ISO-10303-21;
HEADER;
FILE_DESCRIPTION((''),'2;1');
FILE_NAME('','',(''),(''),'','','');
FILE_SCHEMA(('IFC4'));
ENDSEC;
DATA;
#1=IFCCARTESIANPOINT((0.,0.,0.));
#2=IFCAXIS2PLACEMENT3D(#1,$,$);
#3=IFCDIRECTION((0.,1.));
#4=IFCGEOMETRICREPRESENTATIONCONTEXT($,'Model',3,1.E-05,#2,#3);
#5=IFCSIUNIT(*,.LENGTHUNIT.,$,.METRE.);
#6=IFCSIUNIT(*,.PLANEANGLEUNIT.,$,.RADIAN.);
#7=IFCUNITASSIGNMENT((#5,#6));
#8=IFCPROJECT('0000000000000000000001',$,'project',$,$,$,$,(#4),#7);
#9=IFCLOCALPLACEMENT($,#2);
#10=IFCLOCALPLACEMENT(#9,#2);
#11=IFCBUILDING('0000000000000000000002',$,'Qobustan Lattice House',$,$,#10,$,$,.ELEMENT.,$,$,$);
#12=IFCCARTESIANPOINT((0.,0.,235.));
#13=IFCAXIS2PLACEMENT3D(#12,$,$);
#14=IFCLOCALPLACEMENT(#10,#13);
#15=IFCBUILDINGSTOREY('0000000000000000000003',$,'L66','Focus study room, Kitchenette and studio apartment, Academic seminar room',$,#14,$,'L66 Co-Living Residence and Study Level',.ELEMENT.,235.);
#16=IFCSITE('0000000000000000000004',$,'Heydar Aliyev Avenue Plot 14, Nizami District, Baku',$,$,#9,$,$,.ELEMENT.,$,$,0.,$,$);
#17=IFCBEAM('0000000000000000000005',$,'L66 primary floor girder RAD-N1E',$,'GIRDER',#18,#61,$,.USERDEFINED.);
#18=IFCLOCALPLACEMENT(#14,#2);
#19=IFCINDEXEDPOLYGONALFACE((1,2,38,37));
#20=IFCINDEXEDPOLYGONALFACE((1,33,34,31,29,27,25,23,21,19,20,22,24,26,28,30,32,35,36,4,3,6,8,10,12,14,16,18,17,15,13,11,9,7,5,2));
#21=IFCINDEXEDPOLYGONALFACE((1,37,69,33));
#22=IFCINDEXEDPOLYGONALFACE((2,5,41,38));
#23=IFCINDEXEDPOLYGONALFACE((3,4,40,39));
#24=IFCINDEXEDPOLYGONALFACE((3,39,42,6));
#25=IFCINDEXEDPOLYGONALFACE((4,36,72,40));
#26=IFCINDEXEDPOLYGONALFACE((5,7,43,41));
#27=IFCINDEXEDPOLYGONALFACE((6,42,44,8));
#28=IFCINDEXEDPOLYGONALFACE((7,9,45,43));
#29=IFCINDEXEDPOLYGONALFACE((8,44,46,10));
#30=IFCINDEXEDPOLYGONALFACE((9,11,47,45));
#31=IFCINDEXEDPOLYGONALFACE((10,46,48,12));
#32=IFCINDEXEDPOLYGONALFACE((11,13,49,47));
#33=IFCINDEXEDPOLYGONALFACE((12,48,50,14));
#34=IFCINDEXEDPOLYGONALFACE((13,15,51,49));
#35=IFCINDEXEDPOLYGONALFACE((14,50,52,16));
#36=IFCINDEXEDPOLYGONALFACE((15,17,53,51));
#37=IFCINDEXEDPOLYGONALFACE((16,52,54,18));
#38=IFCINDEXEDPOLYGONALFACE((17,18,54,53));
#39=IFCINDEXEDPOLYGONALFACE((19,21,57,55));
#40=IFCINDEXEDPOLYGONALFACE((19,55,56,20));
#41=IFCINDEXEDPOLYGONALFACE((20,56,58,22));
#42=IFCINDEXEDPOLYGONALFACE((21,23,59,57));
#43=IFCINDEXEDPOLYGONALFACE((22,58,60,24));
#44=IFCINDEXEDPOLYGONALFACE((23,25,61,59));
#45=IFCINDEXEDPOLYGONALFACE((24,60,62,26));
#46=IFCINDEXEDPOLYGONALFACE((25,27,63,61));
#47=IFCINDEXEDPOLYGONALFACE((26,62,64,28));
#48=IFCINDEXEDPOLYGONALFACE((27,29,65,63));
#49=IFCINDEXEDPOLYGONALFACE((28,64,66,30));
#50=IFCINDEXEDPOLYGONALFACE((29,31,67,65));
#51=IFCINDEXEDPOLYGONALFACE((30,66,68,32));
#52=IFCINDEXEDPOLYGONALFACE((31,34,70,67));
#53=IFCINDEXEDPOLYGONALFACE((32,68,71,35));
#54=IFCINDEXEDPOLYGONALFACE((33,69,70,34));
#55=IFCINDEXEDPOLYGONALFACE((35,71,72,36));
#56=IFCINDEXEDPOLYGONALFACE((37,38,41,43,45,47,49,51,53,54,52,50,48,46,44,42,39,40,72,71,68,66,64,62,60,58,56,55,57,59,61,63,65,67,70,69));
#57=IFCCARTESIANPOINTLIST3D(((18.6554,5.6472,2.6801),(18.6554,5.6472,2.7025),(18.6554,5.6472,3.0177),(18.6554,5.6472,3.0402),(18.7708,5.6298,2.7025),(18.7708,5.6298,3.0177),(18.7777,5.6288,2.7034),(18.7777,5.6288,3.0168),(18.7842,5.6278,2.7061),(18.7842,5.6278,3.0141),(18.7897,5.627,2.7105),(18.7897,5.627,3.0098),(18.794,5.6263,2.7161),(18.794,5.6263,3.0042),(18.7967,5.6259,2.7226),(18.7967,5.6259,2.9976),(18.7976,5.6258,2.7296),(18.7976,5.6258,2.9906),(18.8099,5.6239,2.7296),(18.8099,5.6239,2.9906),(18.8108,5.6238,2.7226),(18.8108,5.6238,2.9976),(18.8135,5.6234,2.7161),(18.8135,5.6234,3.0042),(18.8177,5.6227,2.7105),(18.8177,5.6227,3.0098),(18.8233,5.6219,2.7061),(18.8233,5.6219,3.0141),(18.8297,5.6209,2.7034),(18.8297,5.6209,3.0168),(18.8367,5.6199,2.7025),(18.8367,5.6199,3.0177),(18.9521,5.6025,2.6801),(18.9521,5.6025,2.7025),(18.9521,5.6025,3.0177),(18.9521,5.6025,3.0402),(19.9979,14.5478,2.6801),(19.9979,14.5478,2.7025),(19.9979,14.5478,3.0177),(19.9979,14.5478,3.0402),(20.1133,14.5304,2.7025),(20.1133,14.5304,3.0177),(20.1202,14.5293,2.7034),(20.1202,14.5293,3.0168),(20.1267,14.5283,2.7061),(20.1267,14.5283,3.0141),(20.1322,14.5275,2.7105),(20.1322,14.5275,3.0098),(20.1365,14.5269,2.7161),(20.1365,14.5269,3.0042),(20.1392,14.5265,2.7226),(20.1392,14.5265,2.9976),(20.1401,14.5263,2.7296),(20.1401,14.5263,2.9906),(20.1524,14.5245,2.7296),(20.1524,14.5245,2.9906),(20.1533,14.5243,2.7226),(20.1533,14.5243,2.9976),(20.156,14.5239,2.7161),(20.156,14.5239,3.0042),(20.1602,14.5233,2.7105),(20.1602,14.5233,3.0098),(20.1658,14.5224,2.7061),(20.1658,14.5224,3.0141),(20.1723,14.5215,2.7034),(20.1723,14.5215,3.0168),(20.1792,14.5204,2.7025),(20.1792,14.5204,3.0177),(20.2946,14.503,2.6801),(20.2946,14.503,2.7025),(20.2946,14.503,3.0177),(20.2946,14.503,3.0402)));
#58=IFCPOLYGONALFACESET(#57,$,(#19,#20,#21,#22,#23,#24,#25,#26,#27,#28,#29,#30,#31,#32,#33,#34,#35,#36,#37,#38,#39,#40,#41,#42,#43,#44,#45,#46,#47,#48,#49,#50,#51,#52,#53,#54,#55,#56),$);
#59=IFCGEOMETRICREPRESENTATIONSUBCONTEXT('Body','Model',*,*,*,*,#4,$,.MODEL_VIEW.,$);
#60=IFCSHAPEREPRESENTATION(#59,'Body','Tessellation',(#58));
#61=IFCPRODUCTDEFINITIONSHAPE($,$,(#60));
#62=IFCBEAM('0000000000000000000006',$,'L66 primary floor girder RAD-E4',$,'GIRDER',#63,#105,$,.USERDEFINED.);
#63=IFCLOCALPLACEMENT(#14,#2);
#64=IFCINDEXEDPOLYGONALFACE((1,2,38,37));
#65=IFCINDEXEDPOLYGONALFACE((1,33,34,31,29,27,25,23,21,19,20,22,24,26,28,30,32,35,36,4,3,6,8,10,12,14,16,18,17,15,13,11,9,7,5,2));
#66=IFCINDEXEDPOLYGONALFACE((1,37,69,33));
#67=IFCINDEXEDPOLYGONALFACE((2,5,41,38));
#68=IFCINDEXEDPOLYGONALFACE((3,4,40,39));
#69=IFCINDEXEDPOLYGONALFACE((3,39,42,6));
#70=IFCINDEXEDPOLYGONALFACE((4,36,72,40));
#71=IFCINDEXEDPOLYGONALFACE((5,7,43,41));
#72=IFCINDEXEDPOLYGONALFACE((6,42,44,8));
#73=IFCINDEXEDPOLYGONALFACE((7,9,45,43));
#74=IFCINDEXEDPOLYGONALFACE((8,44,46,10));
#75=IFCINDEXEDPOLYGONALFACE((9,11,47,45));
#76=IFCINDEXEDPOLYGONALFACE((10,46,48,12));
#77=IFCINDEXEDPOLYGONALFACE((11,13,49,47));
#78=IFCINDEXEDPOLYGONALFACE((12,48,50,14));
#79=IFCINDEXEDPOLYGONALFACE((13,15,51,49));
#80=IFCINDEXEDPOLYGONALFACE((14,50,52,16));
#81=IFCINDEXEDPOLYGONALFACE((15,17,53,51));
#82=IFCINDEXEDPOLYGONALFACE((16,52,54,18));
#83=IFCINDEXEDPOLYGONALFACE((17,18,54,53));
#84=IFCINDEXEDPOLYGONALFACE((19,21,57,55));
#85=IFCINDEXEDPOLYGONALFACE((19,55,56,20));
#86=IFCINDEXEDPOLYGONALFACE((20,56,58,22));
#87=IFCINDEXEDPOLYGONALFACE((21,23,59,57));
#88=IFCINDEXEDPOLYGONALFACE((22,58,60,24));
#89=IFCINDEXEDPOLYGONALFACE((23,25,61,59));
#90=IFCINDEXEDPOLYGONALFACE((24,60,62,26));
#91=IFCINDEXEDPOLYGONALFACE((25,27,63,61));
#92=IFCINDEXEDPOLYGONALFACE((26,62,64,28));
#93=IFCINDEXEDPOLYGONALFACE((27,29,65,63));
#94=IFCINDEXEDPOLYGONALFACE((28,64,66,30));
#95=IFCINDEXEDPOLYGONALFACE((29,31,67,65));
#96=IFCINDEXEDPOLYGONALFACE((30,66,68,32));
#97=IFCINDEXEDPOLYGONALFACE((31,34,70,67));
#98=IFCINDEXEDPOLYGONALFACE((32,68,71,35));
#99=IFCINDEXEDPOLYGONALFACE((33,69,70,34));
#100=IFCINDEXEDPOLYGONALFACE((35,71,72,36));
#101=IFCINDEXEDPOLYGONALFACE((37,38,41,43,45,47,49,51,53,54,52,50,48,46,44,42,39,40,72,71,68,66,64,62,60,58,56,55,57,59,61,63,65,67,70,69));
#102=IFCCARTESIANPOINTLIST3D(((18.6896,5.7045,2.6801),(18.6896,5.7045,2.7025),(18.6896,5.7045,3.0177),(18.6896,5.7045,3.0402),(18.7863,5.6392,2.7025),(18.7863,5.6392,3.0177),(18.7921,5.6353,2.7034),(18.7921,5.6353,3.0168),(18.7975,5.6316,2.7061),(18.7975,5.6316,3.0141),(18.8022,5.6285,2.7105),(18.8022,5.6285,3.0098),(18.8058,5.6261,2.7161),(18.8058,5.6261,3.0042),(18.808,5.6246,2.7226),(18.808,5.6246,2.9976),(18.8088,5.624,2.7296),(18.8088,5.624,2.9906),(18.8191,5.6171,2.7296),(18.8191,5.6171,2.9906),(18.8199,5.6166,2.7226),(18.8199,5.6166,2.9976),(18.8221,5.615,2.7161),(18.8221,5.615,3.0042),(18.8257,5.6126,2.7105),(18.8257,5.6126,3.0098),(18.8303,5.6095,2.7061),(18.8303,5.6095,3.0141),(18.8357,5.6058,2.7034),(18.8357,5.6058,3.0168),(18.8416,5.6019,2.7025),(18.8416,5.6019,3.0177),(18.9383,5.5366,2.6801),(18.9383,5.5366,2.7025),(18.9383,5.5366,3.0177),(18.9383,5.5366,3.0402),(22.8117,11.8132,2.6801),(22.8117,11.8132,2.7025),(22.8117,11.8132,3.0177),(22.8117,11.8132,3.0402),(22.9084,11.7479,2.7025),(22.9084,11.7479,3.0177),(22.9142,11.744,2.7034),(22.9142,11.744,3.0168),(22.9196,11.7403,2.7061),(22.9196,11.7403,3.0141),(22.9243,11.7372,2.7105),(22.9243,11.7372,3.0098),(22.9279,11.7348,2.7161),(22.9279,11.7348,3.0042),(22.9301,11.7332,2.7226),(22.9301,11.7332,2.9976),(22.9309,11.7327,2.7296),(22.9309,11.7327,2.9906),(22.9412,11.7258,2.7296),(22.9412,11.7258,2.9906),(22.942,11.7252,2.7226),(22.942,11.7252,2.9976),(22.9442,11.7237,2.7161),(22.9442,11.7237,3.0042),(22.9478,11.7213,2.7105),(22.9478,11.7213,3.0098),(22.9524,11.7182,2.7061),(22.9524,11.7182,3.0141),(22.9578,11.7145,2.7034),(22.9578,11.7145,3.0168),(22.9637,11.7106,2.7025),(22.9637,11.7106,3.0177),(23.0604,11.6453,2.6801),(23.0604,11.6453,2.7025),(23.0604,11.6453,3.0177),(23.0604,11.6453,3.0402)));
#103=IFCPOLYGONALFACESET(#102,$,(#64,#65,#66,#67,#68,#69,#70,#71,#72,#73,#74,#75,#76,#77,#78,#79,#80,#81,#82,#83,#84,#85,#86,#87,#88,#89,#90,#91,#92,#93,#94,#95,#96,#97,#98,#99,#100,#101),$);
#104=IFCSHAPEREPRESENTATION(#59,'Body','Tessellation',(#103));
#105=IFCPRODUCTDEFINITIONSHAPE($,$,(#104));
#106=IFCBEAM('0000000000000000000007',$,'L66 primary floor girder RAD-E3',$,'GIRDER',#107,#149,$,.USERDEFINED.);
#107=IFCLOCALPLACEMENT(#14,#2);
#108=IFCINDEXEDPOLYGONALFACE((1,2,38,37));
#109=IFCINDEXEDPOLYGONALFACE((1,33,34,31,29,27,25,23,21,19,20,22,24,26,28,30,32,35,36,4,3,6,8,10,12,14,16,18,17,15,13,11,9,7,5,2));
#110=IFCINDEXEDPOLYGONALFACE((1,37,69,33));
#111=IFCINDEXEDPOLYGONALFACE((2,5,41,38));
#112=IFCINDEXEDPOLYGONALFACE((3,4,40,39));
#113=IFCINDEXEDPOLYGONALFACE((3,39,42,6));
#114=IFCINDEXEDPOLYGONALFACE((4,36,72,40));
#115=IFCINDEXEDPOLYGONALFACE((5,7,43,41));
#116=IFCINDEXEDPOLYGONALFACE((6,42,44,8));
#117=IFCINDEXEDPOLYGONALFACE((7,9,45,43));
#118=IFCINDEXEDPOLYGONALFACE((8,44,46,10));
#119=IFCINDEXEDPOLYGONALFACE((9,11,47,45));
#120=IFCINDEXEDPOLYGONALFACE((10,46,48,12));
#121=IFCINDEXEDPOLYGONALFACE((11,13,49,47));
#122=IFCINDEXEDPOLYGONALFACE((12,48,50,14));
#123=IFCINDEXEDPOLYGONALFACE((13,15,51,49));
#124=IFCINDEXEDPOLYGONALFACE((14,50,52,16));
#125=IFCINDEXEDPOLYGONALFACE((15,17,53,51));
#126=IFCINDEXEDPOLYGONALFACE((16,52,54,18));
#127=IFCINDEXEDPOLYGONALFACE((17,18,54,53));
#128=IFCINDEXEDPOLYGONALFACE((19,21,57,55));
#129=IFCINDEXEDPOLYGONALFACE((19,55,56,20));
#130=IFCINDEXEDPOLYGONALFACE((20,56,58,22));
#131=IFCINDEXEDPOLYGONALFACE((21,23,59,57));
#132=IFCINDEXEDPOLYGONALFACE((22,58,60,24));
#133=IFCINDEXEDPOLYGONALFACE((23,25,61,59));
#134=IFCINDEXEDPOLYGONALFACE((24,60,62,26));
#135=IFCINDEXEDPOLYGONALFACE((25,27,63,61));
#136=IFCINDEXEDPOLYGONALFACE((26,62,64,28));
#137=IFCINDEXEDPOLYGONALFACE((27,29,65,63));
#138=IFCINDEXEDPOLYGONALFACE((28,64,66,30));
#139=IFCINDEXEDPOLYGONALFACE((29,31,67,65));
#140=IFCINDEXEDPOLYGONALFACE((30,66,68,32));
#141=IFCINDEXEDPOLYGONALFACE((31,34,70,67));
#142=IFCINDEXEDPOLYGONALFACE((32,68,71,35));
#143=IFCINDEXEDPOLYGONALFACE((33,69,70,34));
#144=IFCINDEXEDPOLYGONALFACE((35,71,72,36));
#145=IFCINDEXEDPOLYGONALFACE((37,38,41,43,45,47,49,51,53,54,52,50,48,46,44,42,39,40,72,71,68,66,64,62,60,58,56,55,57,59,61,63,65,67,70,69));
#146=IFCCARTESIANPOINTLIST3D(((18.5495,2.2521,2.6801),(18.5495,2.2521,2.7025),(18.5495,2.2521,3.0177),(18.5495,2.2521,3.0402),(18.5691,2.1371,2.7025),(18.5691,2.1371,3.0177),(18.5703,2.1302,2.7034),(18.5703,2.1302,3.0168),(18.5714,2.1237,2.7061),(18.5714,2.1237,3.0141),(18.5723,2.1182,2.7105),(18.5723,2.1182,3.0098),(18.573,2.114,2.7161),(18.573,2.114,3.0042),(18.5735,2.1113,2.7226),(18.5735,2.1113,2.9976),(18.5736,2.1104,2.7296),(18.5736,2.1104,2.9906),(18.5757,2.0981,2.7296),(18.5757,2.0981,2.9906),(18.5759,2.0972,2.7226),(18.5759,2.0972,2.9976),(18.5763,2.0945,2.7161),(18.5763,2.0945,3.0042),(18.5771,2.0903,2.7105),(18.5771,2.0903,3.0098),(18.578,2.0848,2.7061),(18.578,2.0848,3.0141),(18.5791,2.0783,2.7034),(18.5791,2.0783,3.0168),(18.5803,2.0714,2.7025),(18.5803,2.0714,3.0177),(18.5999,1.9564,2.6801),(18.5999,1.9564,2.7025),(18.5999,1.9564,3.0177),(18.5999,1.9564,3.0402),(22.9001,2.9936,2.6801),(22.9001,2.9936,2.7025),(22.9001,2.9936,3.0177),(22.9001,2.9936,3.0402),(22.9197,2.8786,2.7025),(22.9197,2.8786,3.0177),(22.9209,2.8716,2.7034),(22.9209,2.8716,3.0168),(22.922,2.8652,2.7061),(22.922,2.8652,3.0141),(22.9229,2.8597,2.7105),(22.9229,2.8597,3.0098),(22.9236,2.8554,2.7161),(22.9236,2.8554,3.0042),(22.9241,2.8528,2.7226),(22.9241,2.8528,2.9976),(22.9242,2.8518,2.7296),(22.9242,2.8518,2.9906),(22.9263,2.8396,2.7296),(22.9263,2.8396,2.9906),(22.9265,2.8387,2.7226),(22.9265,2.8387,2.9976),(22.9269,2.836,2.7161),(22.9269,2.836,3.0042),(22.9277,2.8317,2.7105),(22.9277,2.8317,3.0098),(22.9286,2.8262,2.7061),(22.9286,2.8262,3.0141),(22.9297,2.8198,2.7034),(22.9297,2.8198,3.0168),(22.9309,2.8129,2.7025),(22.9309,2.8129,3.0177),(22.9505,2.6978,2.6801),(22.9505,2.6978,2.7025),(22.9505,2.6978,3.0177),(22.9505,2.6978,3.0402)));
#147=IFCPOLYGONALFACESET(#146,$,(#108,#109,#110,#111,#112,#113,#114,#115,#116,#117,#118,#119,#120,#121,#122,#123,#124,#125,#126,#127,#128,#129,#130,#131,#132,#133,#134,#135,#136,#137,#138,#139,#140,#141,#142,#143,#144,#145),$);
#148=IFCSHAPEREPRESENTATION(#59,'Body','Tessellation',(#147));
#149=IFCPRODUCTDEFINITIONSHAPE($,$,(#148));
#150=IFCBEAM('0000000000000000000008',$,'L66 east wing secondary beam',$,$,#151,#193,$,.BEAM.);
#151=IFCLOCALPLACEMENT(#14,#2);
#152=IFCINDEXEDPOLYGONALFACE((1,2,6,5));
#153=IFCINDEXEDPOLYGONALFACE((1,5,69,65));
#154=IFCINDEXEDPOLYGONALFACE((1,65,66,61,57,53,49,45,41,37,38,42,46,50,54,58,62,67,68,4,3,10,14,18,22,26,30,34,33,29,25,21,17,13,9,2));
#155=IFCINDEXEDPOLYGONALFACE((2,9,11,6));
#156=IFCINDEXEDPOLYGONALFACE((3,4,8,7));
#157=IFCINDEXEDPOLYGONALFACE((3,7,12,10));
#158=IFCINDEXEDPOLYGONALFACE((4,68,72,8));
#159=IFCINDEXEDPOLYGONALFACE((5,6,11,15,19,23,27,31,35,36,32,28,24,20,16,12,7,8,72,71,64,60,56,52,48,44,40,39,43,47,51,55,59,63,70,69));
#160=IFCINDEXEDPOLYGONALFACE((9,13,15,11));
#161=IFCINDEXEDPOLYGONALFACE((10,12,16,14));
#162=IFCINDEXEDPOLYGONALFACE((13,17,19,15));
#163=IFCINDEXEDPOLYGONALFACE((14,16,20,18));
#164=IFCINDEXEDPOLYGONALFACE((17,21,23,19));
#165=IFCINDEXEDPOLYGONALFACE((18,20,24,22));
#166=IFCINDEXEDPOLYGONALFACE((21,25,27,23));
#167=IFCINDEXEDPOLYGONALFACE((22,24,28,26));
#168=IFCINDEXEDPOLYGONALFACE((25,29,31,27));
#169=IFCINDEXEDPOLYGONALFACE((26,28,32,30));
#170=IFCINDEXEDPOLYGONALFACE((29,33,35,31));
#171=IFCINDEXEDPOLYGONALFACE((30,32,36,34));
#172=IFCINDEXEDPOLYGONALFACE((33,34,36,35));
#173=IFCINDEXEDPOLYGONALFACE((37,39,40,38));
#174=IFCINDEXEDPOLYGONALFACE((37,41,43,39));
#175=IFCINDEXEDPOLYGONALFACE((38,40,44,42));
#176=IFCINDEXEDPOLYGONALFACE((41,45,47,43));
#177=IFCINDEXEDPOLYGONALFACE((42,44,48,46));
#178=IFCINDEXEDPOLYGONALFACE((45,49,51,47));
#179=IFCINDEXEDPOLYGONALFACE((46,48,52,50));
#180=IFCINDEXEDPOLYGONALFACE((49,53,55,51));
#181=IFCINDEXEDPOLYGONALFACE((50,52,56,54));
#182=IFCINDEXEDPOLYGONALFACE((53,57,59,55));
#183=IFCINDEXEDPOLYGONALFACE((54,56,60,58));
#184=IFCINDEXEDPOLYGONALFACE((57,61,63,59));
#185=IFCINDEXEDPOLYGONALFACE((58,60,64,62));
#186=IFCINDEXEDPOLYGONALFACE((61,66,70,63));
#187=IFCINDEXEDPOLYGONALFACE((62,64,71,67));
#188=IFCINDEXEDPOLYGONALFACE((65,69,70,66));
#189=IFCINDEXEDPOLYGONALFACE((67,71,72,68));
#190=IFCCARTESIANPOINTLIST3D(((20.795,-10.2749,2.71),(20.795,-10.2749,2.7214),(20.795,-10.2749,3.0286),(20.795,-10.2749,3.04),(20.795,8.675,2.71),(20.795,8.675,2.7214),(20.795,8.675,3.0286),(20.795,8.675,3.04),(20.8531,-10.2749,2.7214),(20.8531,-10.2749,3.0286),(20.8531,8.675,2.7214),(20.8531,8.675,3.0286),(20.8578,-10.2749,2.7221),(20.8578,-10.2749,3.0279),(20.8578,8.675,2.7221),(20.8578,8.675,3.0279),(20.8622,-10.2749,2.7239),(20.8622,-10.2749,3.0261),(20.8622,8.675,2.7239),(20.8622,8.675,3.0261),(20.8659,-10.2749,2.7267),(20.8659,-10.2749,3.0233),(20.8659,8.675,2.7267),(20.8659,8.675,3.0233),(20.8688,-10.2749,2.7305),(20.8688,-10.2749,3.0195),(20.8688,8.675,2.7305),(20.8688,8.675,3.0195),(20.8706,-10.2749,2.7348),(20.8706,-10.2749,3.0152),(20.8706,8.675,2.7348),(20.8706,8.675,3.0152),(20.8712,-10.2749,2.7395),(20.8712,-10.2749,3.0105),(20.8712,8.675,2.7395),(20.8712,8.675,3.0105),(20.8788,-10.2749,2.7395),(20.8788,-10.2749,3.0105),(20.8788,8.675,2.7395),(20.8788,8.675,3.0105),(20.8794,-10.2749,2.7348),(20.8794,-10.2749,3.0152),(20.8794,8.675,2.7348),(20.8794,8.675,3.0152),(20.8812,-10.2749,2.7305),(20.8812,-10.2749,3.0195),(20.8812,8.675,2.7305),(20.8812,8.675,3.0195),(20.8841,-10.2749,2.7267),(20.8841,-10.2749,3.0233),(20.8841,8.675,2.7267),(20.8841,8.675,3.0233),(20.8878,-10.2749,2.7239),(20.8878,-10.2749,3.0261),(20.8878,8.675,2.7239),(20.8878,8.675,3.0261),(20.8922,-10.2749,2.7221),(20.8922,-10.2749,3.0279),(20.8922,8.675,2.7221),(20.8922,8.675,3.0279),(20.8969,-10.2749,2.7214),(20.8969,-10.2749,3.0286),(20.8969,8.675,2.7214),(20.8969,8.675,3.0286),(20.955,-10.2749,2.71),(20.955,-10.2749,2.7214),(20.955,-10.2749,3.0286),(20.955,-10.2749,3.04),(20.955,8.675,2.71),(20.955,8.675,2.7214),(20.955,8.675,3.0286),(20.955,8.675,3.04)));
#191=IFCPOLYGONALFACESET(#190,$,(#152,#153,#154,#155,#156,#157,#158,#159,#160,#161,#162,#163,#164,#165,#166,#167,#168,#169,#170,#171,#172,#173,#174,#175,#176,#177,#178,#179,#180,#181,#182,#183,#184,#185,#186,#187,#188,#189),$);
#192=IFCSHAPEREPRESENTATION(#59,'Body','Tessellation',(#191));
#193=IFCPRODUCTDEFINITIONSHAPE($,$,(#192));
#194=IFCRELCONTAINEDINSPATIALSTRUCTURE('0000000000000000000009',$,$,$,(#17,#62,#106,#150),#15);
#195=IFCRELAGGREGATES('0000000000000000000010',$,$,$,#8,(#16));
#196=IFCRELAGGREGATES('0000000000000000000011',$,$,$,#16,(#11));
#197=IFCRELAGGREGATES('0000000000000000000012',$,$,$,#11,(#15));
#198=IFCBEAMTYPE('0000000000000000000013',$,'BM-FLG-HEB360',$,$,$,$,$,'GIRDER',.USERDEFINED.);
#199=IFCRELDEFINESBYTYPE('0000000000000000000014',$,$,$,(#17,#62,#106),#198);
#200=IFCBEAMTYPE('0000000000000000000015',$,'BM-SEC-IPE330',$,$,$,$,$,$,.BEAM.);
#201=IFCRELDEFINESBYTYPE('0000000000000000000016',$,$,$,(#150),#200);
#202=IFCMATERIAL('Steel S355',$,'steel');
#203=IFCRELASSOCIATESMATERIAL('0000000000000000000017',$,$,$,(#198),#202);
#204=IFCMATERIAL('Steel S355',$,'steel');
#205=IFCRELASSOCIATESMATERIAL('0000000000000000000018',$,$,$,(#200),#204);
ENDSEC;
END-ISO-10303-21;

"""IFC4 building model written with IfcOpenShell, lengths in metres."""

from ifc_helpers import new_model, si_unit, direction, frame, origin, origin_2d, place, context, subcontext, project, spatial, i_section, extrude, material, material_profile, profile_set, type_object, element, save


model = new_model("IFC4")

# Units and contexts
model_context = context("Model", 3, precision=1e-05, world=origin(), true_north=direction((0.0, 1.0)))
body_context = subcontext(model_context, "Body", "Model", "MODEL_VIEW")
ifc_project = project(units=[si_unit("LENGTHUNIT", "METRE"), si_unit("PLANEANGLEUNIT", "RADIAN")], contexts=[model_context])

# Site, building, storey
site_placement = place(None, origin())
site = spatial("IfcSite", under=ifc_project, at=site_placement, Name="Heydar Aliyev Avenue Plot 14, Nizami District, Baku", CompositionType="ELEMENT", RefElevation=0.0)
building_placement = place(site_placement, origin())
building = spatial("IfcBuilding", under=site, at=building_placement, Name="Qobustan Lattice House", CompositionType="ELEMENT")
storey_placement = place(building_placement, frame((0.0, 0.0, 235.0)))
storey = spatial("IfcBuildingStorey", under=building, at=storey_placement, Name="L66", Description="Focus study room, Kitchenette and studio apartment, Academic seminar room", LongName="L66 Co-Living Residence and Study Level", CompositionType="ELEMENT", Elevation=235.0)

# Beams
ifc_material_1 = material(Name="Steel S355", Category="steel")
ifc_material_profile_1 = material_profile(ifc_material_1, i_section(OverallWidth=0.3, OverallDepth=0.3601, WebThickness=0.0125, FlangeThickness=0.0225, FilletRadius=0.0271, at=origin_2d()), Name="HEB360")
ifc_profile_set_1 = profile_set([ifc_material_profile_1], Name="Steel S355")
beam_type_1 = type_object("IfcBeamType", Name="BM-FLG-HEB360", ElementType="GIRDER", PredefinedType="USERDEFINED", material=ifc_profile_set_1)
beam_1_placement = place(storey_placement, frame((20.1462, 14.5254, 2.8601), z_axis=(-0.149148, -0.988815, 0.0), x_axis=(0.988815, -0.149148, 0.0)))
element("IfcBeam", 1, at=beam_1_placement, inside=storey, type_object=beam_type_1, Name="L66 primary floor girder RAD-N1E", ObjectType="GIRDER", PredefinedType="USERDEFINED", context=body_context, shape_type="SweptSolid", body=[
    extrude(i_section(OverallWidth=0.3, OverallDepth=0.3601, WebThickness=0.0125, FlangeThickness=0.0225, FilletRadius=0.0271, at=origin_2d()), origin(), (0.0, 0.0, 1.0), 9.0012),
])
beam_2_placement = place(storey_placement, frame((22.936, 11.7292, 2.8601), z_axis=(-0.559355, -0.828928, 0.0), x_axis=(0.828928, -0.559355, 0.0)))
element("IfcBeam", 2, at=beam_2_placement, inside=storey, type_object=beam_type_1, Name="L66 primary floor girder RAD-E4", ObjectType="GIRDER", PredefinedType="USERDEFINED", context=body_context, shape_type="SweptSolid", body=[
    extrude(i_section(OverallWidth=0.3, OverallDepth=0.3601, WebThickness=0.0125, FlangeThickness=0.0225, FilletRadius=0.0271, at=origin_2d()), origin(), (0.0, 0.0, 1.0), 7.3694),
])
beam_3_placement = place(storey_placement, frame((22.9253, 2.8457, 2.8601), z_axis=(-0.985786, -0.168004, 0.0), x_axis=(0.168004, -0.985786, 0.0)))
element("IfcBeam", 3, at=beam_3_placement, inside=storey, type_object=beam_type_1, Name="L66 primary floor girder RAD-E3", ObjectType="GIRDER", PredefinedType="USERDEFINED", context=body_context, shape_type="SweptSolid", body=[
    extrude(i_section(OverallWidth=0.3, OverallDepth=0.3601, WebThickness=0.0125, FlangeThickness=0.0225, FilletRadius=0.0271, at=origin_2d()), origin(), (0.0, 0.0, 1.0), 4.4133),
])
ifc_material_2 = material(Name="Steel S355", Category="steel")
ifc_material_profile_2 = material_profile(ifc_material_2, i_section(OverallWidth=0.1599, OverallDepth=0.3301, WebThickness=0.0076, FlangeThickness=0.0115, FilletRadius=0.0181, at=origin_2d()), Name="IPE330")
ifc_profile_set_2 = profile_set([ifc_material_profile_2], Name="Steel S355")
beam_type_2 = type_object("IfcBeamType", Name="BM-SEC-IPE330", PredefinedType="BEAM", material=ifc_profile_set_2)
beam_4_placement = place(storey_placement, frame((20.875, 8.675, 2.875), z_axis=(0.0, -1.0, 0.0), x_axis=(1.0, 0.0, 0.0)))
element("IfcBeam", 4, at=beam_4_placement, inside=storey, type_object=beam_type_2, Name="L66 east wing secondary beam", PredefinedType="BEAM", context=body_context, shape_type="SweptSolid", body=[
    extrude(i_section(OverallWidth=0.1599, OverallDepth=0.3301, WebThickness=0.0076, FlangeThickness=0.0115, FilletRadius=0.0181, at=origin_2d()), origin(), (0.0, 0.0, 1.0), 18.95),
])

save(model, "model.ifc")
